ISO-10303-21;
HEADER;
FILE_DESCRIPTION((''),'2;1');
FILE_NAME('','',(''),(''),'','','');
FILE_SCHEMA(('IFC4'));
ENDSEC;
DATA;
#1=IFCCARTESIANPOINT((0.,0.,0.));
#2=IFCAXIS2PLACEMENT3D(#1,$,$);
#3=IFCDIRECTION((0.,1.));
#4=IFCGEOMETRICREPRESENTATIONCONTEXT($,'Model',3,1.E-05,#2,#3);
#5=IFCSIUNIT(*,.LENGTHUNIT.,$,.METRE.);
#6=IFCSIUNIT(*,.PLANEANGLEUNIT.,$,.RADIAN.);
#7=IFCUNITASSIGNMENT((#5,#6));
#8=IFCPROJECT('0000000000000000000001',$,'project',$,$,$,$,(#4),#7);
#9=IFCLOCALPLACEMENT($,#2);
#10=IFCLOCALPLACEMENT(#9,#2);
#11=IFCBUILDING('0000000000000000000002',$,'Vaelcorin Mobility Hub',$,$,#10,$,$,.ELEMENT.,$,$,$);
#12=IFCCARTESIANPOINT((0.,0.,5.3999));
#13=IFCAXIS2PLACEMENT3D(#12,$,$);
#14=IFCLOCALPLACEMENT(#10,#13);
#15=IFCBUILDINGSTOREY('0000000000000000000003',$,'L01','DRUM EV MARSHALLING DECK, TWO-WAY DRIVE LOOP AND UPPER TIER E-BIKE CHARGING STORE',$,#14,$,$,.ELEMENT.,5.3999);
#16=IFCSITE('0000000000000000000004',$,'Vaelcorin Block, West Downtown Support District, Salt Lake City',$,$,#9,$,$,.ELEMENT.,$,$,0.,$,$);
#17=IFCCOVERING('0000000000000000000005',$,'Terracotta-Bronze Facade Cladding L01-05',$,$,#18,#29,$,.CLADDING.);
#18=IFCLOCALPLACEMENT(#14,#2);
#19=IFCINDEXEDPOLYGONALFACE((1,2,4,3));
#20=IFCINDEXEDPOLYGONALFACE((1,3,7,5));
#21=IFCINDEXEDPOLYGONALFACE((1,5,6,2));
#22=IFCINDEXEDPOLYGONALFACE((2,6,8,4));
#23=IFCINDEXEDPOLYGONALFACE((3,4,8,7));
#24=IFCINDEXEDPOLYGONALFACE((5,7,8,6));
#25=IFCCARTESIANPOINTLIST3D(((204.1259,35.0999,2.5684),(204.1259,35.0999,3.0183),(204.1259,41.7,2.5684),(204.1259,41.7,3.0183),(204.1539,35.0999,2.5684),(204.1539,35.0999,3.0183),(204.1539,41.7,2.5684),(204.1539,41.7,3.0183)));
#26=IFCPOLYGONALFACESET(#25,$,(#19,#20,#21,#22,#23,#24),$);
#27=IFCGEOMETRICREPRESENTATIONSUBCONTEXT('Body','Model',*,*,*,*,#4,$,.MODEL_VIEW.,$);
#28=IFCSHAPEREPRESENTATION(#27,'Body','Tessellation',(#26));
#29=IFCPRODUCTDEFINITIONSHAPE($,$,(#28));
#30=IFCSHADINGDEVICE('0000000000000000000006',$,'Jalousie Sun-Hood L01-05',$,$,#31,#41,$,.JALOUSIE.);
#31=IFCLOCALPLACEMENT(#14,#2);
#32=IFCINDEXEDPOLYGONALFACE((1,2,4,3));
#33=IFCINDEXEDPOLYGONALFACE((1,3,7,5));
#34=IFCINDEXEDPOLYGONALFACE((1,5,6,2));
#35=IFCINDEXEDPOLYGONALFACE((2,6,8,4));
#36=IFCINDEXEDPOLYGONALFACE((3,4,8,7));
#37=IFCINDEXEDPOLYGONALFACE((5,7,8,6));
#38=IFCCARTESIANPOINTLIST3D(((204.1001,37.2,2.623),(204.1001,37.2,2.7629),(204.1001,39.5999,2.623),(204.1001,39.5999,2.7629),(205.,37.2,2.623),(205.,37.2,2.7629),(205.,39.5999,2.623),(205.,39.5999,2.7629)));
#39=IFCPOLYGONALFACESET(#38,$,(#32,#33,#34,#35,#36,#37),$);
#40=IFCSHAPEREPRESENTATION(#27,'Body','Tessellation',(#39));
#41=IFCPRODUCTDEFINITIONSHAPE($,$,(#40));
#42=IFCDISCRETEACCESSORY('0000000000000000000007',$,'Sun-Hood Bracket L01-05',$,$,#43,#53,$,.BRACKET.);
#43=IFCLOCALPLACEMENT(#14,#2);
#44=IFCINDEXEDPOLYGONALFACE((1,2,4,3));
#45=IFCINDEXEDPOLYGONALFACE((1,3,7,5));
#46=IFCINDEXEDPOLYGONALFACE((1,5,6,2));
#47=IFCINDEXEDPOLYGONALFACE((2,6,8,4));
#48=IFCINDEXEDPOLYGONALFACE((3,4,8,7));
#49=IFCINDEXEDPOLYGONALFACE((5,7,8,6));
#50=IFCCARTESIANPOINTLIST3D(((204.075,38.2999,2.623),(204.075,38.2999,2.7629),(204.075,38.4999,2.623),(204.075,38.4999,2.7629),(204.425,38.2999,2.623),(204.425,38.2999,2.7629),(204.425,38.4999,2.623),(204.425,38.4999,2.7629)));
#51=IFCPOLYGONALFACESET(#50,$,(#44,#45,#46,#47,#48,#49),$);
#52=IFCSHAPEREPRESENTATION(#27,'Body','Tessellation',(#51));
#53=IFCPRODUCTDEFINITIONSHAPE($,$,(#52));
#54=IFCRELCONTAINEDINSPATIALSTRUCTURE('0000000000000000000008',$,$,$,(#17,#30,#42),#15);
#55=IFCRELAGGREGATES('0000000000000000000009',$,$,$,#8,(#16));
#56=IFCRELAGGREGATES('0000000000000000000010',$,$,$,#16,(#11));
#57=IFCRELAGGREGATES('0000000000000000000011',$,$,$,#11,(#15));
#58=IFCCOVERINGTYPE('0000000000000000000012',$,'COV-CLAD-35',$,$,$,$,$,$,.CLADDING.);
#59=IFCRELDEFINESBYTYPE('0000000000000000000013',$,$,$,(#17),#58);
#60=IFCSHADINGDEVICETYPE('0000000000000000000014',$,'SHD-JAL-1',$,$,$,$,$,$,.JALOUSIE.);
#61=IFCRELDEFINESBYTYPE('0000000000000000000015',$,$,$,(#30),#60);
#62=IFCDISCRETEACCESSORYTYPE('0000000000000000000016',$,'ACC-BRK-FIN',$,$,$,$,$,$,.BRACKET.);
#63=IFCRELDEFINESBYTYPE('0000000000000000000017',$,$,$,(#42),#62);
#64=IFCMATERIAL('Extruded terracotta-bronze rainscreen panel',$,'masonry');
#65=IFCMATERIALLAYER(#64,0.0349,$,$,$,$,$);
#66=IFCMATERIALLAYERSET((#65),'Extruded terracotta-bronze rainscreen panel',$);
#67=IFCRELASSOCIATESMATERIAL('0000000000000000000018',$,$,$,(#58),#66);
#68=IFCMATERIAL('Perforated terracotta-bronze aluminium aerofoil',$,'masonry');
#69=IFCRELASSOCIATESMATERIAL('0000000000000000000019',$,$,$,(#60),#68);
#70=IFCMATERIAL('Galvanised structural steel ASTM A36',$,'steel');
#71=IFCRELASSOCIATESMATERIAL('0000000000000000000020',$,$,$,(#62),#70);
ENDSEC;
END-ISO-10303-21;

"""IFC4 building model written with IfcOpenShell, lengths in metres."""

from ifc_helpers import new_model, si_unit, direction, frame, origin, origin_2d, place, context, subcontext, project, spatial, rectangle, extrude, material, layer, layer_set, type_object, element, save


model = new_model("IFC4")

# Units and contexts
model_context = context("Model", 3, precision=1e-05, world=origin(), true_north=direction((0.0, 1.0)))
body_context = subcontext(model_context, "Body", "Model", "MODEL_VIEW")
ifc_project = project(units=[si_unit("LENGTHUNIT", "METRE"), si_unit("PLANEANGLEUNIT", "RADIAN")], contexts=[model_context])

# Site, building, storey
site_placement = place(None, origin())
site = spatial("IfcSite", under=ifc_project, at=site_placement, Name="Vaelcorin Block, West Downtown Support District, Salt Lake City", CompositionType="ELEMENT", RefElevation=0.0)
building_placement = place(site_placement, origin())
building = spatial("IfcBuilding", under=site, at=building_placement, Name="Vaelcorin Mobility Hub", CompositionType="ELEMENT")
storey_placement = place(building_placement, frame((0.0, 0.0, 5.3999)))
storey = spatial("IfcBuildingStorey", under=building, at=storey_placement, Name="L01", Description="DRUM EV MARSHALLING DECK, TWO-WAY DRIVE LOOP AND UPPER TIER E-BIKE CHARGING STORE", CompositionType="ELEMENT", Elevation=5.3999)

# Shared definitions
ifc_material_1 = material(Name="Extruded terracotta-bronze rainscreen panel", Category="masonry")

# Covering
ifc_layer_1 = layer(ifc_material_1, 0.0349)
ifc_layer_set_1 = layer_set([ifc_layer_1], Name="Extruded terracotta-bronze rainscreen panel")
covering_type = type_object("IfcCoveringType", Name="COV-CLAD-35", PredefinedType="CLADDING", material=ifc_layer_set_1)
covering_placement = place(storey_placement, frame((204.1399, 38.3999, 2.5684), z_axis=(0.0, 0.0, 1.0), x_axis=(1.0, 0.0, 0.0)))
element("IfcCovering", 1, at=covering_placement, inside=storey, type_object=covering_type, Name="Terracotta-Bronze Facade Cladding L01-05", PredefinedType="CLADDING", context=body_context, shape_type="SweptSolid", body=[
    extrude(rectangle(XDim=0.0281, YDim=6.6001, at=origin_2d()), origin(), (0.0, 0.0, 1.0), 0.45),
])

# Shading device
ifc_material_2 = material(Name="Perforated terracotta-bronze aluminium aerofoil", Category="masonry")
shading_device_type = type_object("IfcShadingDeviceType", Name="SHD-JAL-1", PredefinedType="JALOUSIE", material=ifc_material_2)
shading_device_placement = place(storey_placement, frame((204.55, 38.3999, 2.623), z_axis=(0.0, 0.0, 1.0), x_axis=(1.0, 0.0, 0.0)))
element("IfcShadingDevice", 2, at=shading_device_placement, inside=storey, type_object=shading_device_type, Name="Jalousie Sun-Hood L01-05", PredefinedType="JALOUSIE", context=body_context, shape_type="SweptSolid", body=[
    extrude(rectangle(XDim=0.8999, YDim=2.3999, at=origin_2d()), origin(), (0.0, 0.0, 1.0), 0.1399),
])

# Discrete accessory
ifc_material_3 = material(Name="Galvanised structural steel ASTM A36", Category="steel")
discrete_accessory_type = type_object("IfcDiscreteAccessoryType", Name="ACC-BRK-FIN", PredefinedType="BRACKET", material=ifc_material_3)
discrete_accessory_placement = place(storey_placement, frame((204.25, 38.3999, 2.623), z_axis=(0.0, 0.0, 1.0), x_axis=(1.0, 0.0, 0.0)))
element("IfcDiscreteAccessory", 3, at=discrete_accessory_placement, inside=storey, type_object=discrete_accessory_type, Name="Sun-Hood Bracket L01-05", PredefinedType="BRACKET", context=body_context, shape_type="SweptSolid", body=[
    extrude(rectangle(XDim=0.3501, YDim=0.2, at=origin_2d()), origin(), (0.0, 0.0, 1.0), 0.1399),
])

save(model, "model.ifc")
